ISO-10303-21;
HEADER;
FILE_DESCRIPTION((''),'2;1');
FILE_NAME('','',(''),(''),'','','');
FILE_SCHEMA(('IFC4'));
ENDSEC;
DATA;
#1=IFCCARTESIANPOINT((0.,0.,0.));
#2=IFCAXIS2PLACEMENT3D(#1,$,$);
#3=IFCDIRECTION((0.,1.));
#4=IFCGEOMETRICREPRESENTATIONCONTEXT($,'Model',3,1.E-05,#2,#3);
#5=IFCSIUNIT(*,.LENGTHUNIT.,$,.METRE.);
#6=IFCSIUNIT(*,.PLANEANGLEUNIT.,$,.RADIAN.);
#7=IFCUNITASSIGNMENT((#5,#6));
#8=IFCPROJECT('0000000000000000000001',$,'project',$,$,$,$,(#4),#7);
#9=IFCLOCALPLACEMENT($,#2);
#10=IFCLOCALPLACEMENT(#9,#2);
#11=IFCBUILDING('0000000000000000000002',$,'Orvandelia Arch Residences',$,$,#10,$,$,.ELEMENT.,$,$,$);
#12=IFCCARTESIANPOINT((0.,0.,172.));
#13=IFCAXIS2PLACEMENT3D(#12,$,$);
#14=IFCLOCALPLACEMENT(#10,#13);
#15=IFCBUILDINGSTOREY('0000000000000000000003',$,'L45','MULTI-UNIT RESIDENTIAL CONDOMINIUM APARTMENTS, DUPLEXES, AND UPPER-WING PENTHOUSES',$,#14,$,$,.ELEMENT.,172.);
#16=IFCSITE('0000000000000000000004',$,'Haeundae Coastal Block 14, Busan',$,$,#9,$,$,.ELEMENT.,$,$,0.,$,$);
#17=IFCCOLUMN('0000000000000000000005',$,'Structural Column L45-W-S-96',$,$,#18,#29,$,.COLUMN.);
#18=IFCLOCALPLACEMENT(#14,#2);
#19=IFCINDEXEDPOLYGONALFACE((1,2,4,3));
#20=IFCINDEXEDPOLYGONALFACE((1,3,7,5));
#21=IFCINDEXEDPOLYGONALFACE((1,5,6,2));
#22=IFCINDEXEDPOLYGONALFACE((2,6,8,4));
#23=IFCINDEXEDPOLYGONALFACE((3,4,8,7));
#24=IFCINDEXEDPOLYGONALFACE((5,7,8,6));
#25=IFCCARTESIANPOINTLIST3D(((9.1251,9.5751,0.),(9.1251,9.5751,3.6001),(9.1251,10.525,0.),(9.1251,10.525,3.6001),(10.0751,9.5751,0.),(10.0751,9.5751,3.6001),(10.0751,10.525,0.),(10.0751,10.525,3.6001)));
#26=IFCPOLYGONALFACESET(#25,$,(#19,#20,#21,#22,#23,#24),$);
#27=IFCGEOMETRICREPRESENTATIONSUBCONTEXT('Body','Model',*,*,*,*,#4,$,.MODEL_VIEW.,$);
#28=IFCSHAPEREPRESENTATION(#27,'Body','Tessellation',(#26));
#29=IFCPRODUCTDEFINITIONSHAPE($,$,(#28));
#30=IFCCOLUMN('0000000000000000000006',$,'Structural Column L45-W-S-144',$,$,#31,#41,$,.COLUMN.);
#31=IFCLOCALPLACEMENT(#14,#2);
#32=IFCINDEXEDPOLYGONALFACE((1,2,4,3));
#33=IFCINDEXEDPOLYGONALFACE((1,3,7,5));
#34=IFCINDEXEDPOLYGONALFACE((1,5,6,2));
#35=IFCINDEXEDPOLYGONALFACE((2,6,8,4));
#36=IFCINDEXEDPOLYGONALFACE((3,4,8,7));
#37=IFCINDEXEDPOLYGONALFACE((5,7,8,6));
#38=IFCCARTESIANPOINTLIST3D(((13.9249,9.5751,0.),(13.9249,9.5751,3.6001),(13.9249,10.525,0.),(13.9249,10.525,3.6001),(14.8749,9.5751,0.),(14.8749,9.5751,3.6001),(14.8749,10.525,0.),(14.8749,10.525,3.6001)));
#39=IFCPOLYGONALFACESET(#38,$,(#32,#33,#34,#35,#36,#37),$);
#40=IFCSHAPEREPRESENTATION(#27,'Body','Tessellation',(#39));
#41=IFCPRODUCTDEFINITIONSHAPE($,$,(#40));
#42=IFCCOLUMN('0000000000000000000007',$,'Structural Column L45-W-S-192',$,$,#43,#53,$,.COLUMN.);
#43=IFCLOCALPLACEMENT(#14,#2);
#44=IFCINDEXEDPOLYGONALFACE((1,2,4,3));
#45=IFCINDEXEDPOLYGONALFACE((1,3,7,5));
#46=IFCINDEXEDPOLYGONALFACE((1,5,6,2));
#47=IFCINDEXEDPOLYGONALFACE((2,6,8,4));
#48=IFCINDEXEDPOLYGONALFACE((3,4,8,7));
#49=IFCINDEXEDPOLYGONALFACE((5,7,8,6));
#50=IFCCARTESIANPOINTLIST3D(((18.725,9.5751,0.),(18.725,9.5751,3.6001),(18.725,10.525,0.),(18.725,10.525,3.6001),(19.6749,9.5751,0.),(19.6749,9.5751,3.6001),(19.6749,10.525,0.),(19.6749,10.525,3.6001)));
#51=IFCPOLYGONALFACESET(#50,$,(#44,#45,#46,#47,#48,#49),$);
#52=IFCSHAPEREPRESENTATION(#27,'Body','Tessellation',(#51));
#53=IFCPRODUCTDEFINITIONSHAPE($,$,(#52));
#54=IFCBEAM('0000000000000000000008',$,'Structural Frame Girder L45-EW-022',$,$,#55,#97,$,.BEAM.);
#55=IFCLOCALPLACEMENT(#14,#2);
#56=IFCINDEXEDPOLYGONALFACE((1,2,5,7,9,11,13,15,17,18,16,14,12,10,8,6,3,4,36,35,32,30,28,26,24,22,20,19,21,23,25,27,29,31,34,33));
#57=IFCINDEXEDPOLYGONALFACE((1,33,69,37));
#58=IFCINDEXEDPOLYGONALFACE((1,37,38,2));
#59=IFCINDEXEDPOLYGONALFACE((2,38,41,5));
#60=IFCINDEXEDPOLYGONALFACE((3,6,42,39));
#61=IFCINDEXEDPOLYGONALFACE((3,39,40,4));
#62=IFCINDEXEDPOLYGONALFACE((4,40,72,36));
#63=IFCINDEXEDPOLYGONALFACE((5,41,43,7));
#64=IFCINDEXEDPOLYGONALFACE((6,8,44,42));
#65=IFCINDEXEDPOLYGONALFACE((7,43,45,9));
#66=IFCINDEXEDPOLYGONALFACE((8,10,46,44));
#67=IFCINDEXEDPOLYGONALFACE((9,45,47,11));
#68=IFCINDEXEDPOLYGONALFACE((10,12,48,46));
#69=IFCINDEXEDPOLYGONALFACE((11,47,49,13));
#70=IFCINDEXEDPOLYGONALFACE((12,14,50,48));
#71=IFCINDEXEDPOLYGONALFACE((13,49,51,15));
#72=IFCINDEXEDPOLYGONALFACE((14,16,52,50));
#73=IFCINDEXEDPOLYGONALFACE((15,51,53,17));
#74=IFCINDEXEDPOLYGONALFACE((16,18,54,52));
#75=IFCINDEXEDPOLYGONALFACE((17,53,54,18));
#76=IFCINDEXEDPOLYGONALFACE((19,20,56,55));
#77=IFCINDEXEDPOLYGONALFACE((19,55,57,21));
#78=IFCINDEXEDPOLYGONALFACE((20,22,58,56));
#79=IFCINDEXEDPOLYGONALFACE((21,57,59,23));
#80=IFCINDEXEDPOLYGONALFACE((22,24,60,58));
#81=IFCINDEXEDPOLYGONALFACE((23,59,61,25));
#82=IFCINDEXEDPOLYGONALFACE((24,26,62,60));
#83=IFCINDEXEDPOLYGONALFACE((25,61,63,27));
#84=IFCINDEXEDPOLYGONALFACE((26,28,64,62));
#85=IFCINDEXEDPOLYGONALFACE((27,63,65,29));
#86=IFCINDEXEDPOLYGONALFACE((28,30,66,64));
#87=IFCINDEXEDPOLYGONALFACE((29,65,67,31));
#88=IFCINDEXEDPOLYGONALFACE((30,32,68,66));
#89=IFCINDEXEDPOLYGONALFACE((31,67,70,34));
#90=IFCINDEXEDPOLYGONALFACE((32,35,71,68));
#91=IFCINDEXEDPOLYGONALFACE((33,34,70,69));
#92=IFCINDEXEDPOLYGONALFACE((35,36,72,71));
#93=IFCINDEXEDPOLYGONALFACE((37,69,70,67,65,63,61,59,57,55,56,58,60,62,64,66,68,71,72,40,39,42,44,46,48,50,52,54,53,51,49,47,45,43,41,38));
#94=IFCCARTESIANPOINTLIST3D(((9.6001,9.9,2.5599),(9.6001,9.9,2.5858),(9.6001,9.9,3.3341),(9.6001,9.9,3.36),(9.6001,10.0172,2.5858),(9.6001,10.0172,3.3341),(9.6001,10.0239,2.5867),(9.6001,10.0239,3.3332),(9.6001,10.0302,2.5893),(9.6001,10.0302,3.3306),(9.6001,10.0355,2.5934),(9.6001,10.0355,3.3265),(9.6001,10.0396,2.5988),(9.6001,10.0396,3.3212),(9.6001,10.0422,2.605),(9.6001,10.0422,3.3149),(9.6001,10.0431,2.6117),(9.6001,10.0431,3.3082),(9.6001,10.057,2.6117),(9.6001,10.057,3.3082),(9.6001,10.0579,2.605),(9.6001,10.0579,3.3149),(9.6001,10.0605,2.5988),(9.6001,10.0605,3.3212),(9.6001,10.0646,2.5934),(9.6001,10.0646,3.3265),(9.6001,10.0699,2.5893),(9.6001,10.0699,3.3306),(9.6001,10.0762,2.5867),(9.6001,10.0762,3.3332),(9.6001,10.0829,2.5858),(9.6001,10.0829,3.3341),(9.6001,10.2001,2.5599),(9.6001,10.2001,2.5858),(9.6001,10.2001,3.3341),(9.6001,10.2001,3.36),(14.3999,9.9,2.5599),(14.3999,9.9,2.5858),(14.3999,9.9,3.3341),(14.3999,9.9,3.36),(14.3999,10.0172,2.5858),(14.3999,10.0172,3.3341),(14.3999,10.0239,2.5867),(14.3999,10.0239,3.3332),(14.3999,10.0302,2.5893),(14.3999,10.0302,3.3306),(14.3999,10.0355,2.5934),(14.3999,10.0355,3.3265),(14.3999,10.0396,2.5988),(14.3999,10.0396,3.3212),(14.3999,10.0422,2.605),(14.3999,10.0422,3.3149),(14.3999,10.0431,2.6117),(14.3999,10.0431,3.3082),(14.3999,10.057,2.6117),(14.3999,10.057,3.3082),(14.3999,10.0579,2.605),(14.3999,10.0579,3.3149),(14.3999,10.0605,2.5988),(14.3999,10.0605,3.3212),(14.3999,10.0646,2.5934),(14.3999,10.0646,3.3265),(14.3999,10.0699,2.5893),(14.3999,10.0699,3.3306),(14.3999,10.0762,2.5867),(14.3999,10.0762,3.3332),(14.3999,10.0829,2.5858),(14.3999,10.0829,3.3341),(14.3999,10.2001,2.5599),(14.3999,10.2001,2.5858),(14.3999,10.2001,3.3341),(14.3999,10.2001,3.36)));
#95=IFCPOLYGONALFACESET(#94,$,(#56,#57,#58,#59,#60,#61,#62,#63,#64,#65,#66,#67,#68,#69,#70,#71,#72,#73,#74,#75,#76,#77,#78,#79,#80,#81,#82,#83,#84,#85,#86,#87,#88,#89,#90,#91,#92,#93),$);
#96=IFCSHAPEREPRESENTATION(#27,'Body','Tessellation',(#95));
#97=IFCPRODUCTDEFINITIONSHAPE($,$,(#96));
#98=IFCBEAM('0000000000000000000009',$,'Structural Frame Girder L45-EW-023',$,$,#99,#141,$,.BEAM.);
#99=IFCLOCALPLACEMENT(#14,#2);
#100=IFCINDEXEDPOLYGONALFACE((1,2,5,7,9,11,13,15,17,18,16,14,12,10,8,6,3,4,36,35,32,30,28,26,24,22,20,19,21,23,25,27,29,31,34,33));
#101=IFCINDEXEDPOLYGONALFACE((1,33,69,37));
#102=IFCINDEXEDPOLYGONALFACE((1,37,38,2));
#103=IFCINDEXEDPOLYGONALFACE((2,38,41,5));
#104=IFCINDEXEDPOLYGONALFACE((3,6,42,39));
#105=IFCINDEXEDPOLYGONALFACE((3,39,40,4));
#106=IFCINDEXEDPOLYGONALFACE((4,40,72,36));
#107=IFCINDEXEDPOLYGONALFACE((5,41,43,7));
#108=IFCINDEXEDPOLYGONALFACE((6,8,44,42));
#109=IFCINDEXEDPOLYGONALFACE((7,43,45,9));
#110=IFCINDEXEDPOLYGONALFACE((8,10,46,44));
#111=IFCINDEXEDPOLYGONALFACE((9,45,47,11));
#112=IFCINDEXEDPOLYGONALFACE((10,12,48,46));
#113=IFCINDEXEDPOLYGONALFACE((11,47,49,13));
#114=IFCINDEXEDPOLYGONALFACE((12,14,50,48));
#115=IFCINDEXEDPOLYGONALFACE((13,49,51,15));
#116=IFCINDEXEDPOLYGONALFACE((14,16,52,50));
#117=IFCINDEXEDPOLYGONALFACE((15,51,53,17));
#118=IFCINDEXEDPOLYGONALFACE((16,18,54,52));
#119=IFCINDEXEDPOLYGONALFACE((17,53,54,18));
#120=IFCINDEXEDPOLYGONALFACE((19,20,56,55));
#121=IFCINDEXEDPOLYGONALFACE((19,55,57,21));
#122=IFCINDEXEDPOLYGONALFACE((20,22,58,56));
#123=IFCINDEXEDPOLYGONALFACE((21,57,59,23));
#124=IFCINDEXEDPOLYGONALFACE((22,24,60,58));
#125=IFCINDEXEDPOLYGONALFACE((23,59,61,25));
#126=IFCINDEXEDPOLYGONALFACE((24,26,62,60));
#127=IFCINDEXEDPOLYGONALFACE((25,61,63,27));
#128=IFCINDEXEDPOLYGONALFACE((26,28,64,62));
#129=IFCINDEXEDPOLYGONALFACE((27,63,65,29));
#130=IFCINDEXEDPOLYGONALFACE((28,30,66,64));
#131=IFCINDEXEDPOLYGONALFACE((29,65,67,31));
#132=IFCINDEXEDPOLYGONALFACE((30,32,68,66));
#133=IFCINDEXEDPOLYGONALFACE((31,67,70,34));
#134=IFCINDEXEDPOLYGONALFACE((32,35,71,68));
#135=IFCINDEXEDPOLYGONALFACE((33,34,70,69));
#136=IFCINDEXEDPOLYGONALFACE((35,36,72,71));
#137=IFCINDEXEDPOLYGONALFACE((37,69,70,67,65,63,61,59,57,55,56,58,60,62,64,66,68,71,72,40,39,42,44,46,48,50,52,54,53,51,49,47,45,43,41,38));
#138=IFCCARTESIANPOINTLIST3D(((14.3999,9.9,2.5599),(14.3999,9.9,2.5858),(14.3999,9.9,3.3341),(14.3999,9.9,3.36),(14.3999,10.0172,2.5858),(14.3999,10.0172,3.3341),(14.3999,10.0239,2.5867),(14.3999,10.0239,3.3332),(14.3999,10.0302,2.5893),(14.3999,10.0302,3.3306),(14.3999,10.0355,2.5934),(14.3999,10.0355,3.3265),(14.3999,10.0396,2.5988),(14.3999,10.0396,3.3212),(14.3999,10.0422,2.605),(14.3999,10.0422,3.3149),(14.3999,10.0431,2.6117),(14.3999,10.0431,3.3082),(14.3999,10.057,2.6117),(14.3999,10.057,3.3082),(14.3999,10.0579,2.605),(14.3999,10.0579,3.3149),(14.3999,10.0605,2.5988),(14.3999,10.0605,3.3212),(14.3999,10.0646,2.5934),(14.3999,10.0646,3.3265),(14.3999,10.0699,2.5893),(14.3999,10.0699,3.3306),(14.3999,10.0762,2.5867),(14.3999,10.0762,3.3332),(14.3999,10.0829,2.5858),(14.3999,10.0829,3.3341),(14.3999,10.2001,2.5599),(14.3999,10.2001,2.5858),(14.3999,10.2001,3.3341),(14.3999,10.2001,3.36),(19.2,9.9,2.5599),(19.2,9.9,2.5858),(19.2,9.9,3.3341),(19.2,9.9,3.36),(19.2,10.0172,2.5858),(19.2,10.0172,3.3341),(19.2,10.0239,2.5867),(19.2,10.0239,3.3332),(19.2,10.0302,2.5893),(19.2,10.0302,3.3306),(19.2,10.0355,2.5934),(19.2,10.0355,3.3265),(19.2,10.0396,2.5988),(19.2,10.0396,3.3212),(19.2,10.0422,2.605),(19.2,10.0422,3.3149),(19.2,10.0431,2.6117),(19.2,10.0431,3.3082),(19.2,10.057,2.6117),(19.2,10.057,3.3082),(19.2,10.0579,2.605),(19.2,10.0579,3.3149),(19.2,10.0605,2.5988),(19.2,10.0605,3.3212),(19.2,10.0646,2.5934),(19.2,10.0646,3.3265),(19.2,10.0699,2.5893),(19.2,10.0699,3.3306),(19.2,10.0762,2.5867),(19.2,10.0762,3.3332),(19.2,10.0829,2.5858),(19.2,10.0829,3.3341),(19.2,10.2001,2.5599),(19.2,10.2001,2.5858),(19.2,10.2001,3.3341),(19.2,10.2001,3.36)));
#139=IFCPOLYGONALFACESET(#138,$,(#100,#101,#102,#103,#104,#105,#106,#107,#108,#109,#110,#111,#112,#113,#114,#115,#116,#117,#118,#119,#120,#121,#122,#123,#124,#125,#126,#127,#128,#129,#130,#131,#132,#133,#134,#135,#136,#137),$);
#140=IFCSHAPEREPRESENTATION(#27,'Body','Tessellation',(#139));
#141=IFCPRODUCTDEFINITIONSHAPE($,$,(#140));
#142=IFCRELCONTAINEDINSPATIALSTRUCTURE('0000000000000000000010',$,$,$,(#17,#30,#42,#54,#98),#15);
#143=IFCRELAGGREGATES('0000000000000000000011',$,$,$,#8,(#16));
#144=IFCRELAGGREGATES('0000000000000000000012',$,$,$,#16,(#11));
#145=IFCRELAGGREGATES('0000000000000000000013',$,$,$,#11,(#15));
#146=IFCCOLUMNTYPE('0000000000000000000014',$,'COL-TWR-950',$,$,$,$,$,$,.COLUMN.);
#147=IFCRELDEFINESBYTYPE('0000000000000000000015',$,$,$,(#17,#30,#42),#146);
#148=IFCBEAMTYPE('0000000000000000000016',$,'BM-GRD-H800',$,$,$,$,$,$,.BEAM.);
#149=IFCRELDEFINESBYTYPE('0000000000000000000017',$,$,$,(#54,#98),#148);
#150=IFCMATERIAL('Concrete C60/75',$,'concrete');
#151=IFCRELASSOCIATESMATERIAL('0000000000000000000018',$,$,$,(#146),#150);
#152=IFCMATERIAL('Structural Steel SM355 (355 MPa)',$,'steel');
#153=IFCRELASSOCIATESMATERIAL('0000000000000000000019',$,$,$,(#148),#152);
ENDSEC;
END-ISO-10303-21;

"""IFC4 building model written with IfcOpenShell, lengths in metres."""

from ifc_helpers import new_model, si_unit, direction, frame, origin, origin_2d, place, context, subcontext, project, spatial, rectangle, i_section, extrude, material, material_profile, profile_set, type_object, element, save


model = new_model("IFC4")

# Units and contexts
model_context = context("Model", 3, precision=1e-05, world=origin(), true_north=direction((0.0, 1.0)))
body_context = subcontext(model_context, "Body", "Model", "MODEL_VIEW")
ifc_project = project(units=[si_unit("LENGTHUNIT", "METRE"), si_unit("PLANEANGLEUNIT", "RADIAN")], contexts=[model_context])

# Site, building, storey
site_placement = place(None, origin())
site = spatial("IfcSite", under=ifc_project, at=site_placement, Name="Haeundae Coastal Block 14, Busan", CompositionType="ELEMENT", RefElevation=0.0)
building_placement = place(site_placement, origin())
building = spatial("IfcBuilding", under=site, at=building_placement, Name="Orvandelia Arch Residences", CompositionType="ELEMENT")
storey_placement = place(building_placement, frame((0.0, 0.0, 172.0)))
storey = spatial("IfcBuildingStorey", under=building, at=storey_placement, Name="L45", Description="MULTI-UNIT RESIDENTIAL CONDOMINIUM APARTMENTS, DUPLEXES, AND UPPER-WING PENTHOUSES", CompositionType="ELEMENT", Elevation=172.0)

# Columns
ifc_material_1 = material(Name="Concrete C60/75", Category="concrete")
ifc_material_profile_1 = material_profile(ifc_material_1, rectangle(XDim=0.95, YDim=0.95, at=origin_2d()), Name="Concrete C60/75", Category="concrete")
ifc_profile_set_1 = profile_set([ifc_material_profile_1], Name="Concrete C60/75")
column_type = type_object("IfcColumnType", Name="COL-TWR-950", PredefinedType="COLUMN", material=ifc_profile_set_1)
for number, where, z_axis, x_axis, name in (
    (1, (9.6001, 10.05, 0.0), (0.0, 0.0, 1.0), (1.0, 0.0, 0.0), "Structural Column L45-W-S-96"),
    (2, (14.3999, 10.05, 0.0), (0.0, 0.0, 1.0), (1.0, 0.0, 0.0), "Structural Column L45-W-S-144"),
    (3, (19.2, 10.05, 0.0), (0.0, 0.0, 1.0), (1.0, 0.0, 0.0), "Structural Column L45-W-S-192"),
):
    element("IfcColumn", number, at=place(storey_placement, frame(where, z_axis=z_axis, x_axis=x_axis)), inside=storey, type_object=column_type, Name=name, PredefinedType="COLUMN", context=body_context, shape_type="SweptSolid", body=[
        extrude(rectangle(XDim=0.95, YDim=0.95, at=origin_2d()), origin(), (0.0, 0.0, 1.0), 3.6001),
    ])

# Beams
ifc_material_2 = material(Name="Structural Steel SM355 (355 MPa)", Category="steel")
ifc_material_profile_2 = material_profile(ifc_material_2, i_section(OverallWidth=0.3, OverallDepth=0.8, WebThickness=0.0139, FlangeThickness=0.0259, FilletRadius=0.0259, at=origin_2d()), Name="Structural Steel SM355 (355 MPa)", Category="steel")
ifc_profile_set_2 = profile_set([ifc_material_profile_2], Name="Structural Steel SM355 (355 MPa)")
beam_type = type_object("IfcBeamType", Name="BM-GRD-H800", PredefinedType="BEAM", material=ifc_profile_set_2)
beam_1_placement = place(storey_placement, frame((9.6001, 10.05, 2.96), z_axis=(1.0, 0.0, 0.0), x_axis=(0.0, 1.0, 0.0)))
element("IfcBeam", 4, at=beam_1_placement, inside=storey, type_object=beam_type, Name="Structural Frame Girder L45-EW-022", PredefinedType="BEAM", context=body_context, shape_type="SweptSolid", body=[
    extrude(i_section(OverallWidth=0.3, OverallDepth=0.8, WebThickness=0.0139, FlangeThickness=0.0259, FilletRadius=0.0259, at=origin_2d()), origin(), (0.0, 0.0, 1.0), 4.7998),
])
beam_2_placement = place(storey_placement, frame((14.3999, 10.05, 2.96), z_axis=(1.0, 0.0, 0.0), x_axis=(0.0, 1.0, 0.0)))
element("IfcBeam", 5, at=beam_2_placement, inside=storey, type_object=beam_type, Name="Structural Frame Girder L45-EW-023", PredefinedType="BEAM", context=body_context, shape_type="SweptSolid", body=[
    extrude(i_section(OverallWidth=0.3, OverallDepth=0.8, WebThickness=0.0139, FlangeThickness=0.0259, FilletRadius=0.0259, at=origin_2d()), origin(), (0.0, 0.0, 1.0), 4.8),
])

save(model, "model.ifc")
